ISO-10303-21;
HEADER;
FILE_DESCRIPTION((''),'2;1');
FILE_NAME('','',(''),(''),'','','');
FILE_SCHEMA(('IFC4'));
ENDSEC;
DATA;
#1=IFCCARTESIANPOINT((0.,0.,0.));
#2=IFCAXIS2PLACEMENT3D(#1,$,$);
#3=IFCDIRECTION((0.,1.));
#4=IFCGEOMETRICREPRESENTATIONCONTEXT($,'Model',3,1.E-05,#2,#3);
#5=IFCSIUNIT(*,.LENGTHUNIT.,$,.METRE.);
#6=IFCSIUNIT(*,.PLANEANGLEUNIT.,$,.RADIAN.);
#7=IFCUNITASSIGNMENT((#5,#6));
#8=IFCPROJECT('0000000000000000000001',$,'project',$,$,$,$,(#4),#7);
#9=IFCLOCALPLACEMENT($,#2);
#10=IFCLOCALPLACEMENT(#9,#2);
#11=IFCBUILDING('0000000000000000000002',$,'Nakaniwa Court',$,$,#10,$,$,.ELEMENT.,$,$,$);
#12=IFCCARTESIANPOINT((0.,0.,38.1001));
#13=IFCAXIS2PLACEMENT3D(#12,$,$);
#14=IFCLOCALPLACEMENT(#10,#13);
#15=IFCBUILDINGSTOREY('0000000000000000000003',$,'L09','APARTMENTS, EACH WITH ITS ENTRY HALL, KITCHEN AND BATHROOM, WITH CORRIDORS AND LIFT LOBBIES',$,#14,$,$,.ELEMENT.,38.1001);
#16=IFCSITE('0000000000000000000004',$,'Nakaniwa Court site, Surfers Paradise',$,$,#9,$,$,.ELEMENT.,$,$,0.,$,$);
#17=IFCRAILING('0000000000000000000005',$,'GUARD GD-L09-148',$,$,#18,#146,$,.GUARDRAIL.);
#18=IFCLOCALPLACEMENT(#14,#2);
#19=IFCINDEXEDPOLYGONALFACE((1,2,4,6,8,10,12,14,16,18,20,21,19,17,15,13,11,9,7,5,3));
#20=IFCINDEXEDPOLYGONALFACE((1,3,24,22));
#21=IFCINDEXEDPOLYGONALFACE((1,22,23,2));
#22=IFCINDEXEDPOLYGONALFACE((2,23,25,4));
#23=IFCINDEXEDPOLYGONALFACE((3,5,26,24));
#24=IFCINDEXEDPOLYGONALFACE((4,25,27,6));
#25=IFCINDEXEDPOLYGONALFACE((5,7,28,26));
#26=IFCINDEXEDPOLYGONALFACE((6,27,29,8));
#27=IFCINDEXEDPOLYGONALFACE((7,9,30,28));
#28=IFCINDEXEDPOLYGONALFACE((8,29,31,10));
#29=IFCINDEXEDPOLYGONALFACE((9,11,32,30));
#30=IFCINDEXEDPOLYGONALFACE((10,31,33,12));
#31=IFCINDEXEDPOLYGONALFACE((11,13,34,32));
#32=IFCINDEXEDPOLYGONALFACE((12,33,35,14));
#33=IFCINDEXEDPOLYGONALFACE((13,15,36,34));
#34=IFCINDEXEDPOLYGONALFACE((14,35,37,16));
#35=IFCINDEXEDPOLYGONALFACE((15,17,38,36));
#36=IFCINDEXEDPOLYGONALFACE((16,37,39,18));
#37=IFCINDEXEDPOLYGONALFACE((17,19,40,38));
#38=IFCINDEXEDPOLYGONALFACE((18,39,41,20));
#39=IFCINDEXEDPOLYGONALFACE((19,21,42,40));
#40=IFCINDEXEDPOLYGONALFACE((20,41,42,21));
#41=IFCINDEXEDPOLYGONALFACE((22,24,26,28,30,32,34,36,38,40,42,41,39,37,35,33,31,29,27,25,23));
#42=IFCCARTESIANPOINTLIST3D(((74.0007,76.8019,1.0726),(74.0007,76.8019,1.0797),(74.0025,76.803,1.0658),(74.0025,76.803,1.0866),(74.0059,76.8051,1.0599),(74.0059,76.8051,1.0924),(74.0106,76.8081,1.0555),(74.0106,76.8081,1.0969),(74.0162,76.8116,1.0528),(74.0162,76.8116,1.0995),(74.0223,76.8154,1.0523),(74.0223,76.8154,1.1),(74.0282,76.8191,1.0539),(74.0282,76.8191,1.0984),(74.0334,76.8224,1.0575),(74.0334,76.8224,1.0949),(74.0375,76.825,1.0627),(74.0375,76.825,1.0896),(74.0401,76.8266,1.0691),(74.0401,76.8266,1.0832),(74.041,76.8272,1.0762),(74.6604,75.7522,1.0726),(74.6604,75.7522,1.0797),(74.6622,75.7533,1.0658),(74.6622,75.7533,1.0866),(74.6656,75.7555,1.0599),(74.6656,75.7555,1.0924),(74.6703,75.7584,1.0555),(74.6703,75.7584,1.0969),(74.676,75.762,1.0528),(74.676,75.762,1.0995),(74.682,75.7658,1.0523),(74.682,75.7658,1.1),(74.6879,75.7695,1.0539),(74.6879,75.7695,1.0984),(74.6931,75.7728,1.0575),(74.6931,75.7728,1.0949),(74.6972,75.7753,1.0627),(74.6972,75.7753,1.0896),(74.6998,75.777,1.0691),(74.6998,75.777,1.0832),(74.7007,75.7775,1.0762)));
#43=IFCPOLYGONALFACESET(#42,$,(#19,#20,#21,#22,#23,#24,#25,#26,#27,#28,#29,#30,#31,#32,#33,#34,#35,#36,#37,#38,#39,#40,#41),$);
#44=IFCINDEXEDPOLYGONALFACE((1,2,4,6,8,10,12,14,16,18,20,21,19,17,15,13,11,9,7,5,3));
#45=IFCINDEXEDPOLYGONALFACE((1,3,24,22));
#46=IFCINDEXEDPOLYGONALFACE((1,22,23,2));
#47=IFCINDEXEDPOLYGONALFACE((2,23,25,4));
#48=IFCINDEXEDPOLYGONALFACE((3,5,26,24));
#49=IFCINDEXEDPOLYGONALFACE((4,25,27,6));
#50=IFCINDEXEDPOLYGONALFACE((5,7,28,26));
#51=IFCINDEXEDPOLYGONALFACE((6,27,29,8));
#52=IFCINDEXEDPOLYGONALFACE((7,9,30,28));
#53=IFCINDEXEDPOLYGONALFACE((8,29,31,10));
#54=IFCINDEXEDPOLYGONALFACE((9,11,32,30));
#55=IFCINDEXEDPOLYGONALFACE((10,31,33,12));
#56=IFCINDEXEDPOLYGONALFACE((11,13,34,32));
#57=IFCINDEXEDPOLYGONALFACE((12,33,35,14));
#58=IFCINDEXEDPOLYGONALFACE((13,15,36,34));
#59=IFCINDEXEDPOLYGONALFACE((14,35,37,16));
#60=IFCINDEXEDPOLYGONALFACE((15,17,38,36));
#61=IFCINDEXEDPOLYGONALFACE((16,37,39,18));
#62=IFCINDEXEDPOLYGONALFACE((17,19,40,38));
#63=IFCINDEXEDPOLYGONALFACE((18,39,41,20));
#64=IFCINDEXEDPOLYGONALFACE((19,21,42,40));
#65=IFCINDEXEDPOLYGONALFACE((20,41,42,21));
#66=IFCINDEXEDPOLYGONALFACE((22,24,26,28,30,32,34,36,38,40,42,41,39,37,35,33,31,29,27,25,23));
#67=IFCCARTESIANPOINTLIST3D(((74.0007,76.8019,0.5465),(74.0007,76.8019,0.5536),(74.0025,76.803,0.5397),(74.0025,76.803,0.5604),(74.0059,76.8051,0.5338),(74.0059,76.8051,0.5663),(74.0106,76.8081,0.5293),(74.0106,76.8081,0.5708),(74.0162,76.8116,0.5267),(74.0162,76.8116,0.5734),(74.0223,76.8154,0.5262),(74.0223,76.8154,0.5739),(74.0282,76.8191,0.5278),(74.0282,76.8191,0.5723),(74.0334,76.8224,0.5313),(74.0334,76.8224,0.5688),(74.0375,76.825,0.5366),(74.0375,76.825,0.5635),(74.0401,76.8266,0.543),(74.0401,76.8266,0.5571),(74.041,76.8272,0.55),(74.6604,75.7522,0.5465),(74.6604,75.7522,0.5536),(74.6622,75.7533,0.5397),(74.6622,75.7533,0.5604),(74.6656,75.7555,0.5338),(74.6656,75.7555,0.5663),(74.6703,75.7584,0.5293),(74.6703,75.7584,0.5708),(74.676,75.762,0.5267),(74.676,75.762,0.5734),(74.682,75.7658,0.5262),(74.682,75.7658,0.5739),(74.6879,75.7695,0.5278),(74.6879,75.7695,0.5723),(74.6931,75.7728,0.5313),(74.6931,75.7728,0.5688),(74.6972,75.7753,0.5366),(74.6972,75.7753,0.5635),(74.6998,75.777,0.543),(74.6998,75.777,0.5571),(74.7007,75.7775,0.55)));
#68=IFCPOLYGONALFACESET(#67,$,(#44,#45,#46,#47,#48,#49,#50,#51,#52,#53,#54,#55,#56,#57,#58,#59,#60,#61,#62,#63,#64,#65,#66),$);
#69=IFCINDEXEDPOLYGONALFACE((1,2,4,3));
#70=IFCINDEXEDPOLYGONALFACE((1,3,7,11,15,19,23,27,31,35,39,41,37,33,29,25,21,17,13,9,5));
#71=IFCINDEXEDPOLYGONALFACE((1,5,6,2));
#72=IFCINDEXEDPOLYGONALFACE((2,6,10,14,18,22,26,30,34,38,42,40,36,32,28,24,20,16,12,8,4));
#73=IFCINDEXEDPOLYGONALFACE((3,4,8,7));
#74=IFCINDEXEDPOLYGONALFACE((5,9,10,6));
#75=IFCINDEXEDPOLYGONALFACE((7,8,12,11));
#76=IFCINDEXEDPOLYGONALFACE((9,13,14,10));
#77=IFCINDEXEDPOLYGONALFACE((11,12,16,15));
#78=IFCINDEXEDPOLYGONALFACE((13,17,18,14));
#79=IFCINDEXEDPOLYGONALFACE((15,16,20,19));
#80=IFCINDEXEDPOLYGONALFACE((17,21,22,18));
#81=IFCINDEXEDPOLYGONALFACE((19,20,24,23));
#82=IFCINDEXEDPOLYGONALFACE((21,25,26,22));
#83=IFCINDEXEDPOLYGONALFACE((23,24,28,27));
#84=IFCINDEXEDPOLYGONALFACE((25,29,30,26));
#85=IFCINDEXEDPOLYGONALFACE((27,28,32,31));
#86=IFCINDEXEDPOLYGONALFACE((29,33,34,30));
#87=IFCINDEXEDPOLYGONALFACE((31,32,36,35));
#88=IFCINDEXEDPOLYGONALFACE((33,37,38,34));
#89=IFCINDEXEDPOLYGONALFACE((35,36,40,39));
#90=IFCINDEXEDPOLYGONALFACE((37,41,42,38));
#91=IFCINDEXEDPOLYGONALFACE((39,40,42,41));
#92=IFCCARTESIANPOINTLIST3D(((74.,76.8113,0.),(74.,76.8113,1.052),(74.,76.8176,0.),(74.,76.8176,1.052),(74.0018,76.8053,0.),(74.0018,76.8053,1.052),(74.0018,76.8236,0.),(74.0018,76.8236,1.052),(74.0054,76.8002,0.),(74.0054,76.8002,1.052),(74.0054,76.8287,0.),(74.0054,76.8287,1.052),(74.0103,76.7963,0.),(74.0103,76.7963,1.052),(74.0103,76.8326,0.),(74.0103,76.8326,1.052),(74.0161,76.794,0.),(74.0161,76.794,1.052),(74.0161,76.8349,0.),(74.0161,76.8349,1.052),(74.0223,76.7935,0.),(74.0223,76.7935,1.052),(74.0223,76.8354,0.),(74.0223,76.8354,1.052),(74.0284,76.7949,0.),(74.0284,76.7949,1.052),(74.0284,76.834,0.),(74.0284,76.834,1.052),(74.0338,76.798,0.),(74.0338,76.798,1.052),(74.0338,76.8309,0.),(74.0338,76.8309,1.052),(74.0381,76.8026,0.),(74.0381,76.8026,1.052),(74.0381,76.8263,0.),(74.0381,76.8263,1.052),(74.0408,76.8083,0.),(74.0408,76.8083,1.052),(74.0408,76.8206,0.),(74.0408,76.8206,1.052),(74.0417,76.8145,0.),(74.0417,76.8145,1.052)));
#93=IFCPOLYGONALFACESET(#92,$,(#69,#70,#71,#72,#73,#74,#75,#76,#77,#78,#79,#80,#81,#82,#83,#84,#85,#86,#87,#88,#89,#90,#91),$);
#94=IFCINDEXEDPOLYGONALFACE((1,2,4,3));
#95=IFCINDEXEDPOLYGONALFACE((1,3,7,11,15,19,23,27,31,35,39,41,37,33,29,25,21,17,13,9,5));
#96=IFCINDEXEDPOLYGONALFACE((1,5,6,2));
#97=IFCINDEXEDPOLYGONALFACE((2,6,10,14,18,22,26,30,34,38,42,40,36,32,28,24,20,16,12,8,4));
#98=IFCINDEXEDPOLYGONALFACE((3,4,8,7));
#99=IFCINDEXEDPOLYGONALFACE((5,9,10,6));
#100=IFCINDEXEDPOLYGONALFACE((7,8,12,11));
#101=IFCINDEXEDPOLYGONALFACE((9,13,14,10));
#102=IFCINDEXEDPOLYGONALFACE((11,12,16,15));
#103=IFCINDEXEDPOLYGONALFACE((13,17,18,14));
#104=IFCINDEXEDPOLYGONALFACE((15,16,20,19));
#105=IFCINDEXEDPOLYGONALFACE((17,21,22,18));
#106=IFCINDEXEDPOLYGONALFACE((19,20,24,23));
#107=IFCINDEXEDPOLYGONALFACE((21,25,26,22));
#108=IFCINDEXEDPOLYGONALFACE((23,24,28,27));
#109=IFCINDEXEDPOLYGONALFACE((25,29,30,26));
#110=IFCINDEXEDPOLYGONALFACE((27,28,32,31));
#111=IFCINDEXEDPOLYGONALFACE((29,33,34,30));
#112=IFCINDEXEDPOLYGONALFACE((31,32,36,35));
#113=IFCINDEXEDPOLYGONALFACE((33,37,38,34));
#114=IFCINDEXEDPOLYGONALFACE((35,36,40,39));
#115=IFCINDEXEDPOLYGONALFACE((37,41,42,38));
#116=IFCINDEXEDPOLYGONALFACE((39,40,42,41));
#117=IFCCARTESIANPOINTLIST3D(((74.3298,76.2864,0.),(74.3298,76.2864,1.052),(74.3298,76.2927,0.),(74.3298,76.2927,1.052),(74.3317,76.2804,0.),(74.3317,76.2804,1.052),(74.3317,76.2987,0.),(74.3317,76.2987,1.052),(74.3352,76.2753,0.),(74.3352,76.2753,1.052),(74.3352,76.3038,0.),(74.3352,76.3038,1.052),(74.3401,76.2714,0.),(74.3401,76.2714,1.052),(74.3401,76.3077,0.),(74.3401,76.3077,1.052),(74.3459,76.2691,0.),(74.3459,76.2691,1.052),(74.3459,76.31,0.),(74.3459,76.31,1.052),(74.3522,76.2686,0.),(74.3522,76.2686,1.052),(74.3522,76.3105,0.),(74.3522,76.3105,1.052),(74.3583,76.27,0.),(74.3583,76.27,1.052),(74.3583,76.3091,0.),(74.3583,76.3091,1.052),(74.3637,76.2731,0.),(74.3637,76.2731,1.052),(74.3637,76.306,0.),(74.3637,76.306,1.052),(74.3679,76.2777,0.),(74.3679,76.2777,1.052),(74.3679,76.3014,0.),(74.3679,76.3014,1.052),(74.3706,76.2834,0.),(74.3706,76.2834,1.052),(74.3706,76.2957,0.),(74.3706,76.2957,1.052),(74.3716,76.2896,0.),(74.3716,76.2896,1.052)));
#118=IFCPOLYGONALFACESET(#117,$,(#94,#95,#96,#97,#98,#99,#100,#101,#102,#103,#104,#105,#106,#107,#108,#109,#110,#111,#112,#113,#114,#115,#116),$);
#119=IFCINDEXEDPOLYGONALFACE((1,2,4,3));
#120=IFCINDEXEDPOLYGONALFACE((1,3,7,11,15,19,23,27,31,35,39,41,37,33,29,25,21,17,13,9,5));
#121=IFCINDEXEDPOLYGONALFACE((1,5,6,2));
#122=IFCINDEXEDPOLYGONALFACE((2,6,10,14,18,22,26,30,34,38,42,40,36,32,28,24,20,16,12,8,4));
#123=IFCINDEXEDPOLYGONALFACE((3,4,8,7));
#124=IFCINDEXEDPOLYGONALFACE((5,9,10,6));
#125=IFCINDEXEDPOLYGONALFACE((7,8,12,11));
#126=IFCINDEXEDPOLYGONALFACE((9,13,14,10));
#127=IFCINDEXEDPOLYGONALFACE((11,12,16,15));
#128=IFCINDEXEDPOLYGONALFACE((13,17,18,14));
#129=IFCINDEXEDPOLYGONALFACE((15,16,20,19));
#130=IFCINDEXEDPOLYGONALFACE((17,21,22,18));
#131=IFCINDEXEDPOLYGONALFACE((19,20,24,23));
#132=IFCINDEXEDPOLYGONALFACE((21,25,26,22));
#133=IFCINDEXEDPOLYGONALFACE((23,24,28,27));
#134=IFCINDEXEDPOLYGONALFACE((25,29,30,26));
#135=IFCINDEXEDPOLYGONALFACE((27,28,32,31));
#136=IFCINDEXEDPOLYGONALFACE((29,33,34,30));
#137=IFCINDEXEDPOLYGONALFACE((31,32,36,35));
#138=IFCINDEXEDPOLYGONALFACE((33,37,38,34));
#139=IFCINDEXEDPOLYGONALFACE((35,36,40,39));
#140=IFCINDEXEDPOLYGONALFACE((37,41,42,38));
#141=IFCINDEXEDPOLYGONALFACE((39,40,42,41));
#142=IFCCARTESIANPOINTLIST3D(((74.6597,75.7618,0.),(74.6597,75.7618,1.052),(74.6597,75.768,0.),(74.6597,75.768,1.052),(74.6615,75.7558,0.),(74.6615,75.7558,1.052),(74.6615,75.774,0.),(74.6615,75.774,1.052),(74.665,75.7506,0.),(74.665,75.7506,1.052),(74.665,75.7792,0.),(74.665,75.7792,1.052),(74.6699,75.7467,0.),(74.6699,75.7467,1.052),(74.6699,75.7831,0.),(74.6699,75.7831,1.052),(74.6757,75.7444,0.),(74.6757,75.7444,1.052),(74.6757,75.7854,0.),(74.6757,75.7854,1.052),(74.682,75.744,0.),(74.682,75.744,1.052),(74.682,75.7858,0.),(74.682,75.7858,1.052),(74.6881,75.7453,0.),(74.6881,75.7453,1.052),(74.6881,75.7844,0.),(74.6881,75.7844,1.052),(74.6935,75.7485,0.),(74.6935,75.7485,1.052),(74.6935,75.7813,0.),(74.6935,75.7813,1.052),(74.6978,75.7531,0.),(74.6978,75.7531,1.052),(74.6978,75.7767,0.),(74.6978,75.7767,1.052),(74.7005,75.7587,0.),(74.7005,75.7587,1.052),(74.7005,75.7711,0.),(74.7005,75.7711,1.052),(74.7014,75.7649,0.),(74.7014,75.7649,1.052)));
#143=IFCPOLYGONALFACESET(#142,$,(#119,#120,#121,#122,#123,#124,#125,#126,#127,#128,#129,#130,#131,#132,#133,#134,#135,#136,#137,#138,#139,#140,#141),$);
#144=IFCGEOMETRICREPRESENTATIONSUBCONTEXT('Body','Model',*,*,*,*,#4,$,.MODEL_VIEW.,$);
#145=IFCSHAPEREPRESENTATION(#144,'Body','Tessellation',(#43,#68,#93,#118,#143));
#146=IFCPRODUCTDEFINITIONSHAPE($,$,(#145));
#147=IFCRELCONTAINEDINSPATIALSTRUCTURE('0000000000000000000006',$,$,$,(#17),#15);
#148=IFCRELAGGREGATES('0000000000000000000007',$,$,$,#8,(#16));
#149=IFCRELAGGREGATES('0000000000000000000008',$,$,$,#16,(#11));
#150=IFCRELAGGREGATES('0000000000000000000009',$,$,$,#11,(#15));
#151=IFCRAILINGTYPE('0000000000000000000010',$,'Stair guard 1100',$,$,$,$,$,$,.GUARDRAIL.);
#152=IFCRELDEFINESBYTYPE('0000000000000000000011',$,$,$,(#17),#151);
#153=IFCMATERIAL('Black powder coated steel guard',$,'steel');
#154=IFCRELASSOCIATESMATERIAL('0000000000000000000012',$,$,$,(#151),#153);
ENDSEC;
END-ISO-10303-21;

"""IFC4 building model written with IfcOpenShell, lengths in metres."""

from ifc_helpers import new_model, si_unit, direction, frame, origin, origin_2d, place, context, subcontext, project, spatial, circle, extrude, material, type_object, element, save


model = new_model("IFC4")

# Units and contexts
model_context = context("Model", 3, precision=1e-05, world=origin(), true_north=direction((0.0, 1.0)))
body_context = subcontext(model_context, "Body", "Model", "MODEL_VIEW")
ifc_project = project(units=[si_unit("LENGTHUNIT", "METRE"), si_unit("PLANEANGLEUNIT", "RADIAN")], contexts=[model_context])

# Site, building, storey
site_placement = place(None, origin())
site = spatial("IfcSite", under=ifc_project, at=site_placement, Name="Nakaniwa Court site, Surfers Paradise", CompositionType="ELEMENT", RefElevation=0.0)
building_placement = place(site_placement, origin())
building = spatial("IfcBuilding", under=site, at=building_placement, Name="Nakaniwa Court", CompositionType="ELEMENT")
storey_placement = place(building_placement, frame((0.0, 0.0, 38.1001)))
storey = spatial("IfcBuildingStorey", under=building, at=storey_placement, Name="L09", Description="APARTMENTS, EACH WITH ITS ENTRY HALL, KITCHEN AND BATHROOM, WITH CORRIDORS AND LIFT LOBBIES", CompositionType="ELEMENT", Elevation=38.1001)

# Railing
ifc_material_1 = material(Name="Black powder coated steel guard", Category="steel")
railing_type = type_object("IfcRailingType", Name="Stair guard 1100", PredefinedType="GUARDRAIL", material=ifc_material_1)
railing_1_placement = place(storey_placement, frame((74.0208, 76.8145, 0.0)))
element("IfcRailing", 1, at=railing_1_placement, inside=storey, type_object=railing_type, Name="GUARD GD-L09-148", PredefinedType="GUARDRAIL", context=body_context, shape_type="SweptSolid", body=[
    extrude(circle(Radius=0.0239, at=origin_2d()), frame((0.0, 0.0, 1.0762), z_axis=(0.532139, -0.846657, 0.0), x_axis=(0.846657, 0.532139, 0.0)), (0.0, 0.0, 1.0), 1.2397),
    extrude(circle(Radius=0.0239, at=origin_2d()), frame((0.0, 0.0, 0.55), z_axis=(0.532139, -0.846657, 0.0), x_axis=(0.846657, 0.532139, 0.0)), (0.0, 0.0, 1.0), 1.2397),
    extrude(circle(Radius=0.021, at=origin_2d()), origin(), (0.0, 0.0, 1.0), 1.052),
    extrude(circle(Radius=0.021, at=origin_2d()), frame((0.3298, -0.5249, 0.0)), (0.0, 0.0, 1.0), 1.052),
    extrude(circle(Radius=0.021, at=origin_2d()), frame((0.6597, -1.0496, 0.0)), (0.0, 0.0, 1.0), 1.052),
])

save(model, "model.ifc")
